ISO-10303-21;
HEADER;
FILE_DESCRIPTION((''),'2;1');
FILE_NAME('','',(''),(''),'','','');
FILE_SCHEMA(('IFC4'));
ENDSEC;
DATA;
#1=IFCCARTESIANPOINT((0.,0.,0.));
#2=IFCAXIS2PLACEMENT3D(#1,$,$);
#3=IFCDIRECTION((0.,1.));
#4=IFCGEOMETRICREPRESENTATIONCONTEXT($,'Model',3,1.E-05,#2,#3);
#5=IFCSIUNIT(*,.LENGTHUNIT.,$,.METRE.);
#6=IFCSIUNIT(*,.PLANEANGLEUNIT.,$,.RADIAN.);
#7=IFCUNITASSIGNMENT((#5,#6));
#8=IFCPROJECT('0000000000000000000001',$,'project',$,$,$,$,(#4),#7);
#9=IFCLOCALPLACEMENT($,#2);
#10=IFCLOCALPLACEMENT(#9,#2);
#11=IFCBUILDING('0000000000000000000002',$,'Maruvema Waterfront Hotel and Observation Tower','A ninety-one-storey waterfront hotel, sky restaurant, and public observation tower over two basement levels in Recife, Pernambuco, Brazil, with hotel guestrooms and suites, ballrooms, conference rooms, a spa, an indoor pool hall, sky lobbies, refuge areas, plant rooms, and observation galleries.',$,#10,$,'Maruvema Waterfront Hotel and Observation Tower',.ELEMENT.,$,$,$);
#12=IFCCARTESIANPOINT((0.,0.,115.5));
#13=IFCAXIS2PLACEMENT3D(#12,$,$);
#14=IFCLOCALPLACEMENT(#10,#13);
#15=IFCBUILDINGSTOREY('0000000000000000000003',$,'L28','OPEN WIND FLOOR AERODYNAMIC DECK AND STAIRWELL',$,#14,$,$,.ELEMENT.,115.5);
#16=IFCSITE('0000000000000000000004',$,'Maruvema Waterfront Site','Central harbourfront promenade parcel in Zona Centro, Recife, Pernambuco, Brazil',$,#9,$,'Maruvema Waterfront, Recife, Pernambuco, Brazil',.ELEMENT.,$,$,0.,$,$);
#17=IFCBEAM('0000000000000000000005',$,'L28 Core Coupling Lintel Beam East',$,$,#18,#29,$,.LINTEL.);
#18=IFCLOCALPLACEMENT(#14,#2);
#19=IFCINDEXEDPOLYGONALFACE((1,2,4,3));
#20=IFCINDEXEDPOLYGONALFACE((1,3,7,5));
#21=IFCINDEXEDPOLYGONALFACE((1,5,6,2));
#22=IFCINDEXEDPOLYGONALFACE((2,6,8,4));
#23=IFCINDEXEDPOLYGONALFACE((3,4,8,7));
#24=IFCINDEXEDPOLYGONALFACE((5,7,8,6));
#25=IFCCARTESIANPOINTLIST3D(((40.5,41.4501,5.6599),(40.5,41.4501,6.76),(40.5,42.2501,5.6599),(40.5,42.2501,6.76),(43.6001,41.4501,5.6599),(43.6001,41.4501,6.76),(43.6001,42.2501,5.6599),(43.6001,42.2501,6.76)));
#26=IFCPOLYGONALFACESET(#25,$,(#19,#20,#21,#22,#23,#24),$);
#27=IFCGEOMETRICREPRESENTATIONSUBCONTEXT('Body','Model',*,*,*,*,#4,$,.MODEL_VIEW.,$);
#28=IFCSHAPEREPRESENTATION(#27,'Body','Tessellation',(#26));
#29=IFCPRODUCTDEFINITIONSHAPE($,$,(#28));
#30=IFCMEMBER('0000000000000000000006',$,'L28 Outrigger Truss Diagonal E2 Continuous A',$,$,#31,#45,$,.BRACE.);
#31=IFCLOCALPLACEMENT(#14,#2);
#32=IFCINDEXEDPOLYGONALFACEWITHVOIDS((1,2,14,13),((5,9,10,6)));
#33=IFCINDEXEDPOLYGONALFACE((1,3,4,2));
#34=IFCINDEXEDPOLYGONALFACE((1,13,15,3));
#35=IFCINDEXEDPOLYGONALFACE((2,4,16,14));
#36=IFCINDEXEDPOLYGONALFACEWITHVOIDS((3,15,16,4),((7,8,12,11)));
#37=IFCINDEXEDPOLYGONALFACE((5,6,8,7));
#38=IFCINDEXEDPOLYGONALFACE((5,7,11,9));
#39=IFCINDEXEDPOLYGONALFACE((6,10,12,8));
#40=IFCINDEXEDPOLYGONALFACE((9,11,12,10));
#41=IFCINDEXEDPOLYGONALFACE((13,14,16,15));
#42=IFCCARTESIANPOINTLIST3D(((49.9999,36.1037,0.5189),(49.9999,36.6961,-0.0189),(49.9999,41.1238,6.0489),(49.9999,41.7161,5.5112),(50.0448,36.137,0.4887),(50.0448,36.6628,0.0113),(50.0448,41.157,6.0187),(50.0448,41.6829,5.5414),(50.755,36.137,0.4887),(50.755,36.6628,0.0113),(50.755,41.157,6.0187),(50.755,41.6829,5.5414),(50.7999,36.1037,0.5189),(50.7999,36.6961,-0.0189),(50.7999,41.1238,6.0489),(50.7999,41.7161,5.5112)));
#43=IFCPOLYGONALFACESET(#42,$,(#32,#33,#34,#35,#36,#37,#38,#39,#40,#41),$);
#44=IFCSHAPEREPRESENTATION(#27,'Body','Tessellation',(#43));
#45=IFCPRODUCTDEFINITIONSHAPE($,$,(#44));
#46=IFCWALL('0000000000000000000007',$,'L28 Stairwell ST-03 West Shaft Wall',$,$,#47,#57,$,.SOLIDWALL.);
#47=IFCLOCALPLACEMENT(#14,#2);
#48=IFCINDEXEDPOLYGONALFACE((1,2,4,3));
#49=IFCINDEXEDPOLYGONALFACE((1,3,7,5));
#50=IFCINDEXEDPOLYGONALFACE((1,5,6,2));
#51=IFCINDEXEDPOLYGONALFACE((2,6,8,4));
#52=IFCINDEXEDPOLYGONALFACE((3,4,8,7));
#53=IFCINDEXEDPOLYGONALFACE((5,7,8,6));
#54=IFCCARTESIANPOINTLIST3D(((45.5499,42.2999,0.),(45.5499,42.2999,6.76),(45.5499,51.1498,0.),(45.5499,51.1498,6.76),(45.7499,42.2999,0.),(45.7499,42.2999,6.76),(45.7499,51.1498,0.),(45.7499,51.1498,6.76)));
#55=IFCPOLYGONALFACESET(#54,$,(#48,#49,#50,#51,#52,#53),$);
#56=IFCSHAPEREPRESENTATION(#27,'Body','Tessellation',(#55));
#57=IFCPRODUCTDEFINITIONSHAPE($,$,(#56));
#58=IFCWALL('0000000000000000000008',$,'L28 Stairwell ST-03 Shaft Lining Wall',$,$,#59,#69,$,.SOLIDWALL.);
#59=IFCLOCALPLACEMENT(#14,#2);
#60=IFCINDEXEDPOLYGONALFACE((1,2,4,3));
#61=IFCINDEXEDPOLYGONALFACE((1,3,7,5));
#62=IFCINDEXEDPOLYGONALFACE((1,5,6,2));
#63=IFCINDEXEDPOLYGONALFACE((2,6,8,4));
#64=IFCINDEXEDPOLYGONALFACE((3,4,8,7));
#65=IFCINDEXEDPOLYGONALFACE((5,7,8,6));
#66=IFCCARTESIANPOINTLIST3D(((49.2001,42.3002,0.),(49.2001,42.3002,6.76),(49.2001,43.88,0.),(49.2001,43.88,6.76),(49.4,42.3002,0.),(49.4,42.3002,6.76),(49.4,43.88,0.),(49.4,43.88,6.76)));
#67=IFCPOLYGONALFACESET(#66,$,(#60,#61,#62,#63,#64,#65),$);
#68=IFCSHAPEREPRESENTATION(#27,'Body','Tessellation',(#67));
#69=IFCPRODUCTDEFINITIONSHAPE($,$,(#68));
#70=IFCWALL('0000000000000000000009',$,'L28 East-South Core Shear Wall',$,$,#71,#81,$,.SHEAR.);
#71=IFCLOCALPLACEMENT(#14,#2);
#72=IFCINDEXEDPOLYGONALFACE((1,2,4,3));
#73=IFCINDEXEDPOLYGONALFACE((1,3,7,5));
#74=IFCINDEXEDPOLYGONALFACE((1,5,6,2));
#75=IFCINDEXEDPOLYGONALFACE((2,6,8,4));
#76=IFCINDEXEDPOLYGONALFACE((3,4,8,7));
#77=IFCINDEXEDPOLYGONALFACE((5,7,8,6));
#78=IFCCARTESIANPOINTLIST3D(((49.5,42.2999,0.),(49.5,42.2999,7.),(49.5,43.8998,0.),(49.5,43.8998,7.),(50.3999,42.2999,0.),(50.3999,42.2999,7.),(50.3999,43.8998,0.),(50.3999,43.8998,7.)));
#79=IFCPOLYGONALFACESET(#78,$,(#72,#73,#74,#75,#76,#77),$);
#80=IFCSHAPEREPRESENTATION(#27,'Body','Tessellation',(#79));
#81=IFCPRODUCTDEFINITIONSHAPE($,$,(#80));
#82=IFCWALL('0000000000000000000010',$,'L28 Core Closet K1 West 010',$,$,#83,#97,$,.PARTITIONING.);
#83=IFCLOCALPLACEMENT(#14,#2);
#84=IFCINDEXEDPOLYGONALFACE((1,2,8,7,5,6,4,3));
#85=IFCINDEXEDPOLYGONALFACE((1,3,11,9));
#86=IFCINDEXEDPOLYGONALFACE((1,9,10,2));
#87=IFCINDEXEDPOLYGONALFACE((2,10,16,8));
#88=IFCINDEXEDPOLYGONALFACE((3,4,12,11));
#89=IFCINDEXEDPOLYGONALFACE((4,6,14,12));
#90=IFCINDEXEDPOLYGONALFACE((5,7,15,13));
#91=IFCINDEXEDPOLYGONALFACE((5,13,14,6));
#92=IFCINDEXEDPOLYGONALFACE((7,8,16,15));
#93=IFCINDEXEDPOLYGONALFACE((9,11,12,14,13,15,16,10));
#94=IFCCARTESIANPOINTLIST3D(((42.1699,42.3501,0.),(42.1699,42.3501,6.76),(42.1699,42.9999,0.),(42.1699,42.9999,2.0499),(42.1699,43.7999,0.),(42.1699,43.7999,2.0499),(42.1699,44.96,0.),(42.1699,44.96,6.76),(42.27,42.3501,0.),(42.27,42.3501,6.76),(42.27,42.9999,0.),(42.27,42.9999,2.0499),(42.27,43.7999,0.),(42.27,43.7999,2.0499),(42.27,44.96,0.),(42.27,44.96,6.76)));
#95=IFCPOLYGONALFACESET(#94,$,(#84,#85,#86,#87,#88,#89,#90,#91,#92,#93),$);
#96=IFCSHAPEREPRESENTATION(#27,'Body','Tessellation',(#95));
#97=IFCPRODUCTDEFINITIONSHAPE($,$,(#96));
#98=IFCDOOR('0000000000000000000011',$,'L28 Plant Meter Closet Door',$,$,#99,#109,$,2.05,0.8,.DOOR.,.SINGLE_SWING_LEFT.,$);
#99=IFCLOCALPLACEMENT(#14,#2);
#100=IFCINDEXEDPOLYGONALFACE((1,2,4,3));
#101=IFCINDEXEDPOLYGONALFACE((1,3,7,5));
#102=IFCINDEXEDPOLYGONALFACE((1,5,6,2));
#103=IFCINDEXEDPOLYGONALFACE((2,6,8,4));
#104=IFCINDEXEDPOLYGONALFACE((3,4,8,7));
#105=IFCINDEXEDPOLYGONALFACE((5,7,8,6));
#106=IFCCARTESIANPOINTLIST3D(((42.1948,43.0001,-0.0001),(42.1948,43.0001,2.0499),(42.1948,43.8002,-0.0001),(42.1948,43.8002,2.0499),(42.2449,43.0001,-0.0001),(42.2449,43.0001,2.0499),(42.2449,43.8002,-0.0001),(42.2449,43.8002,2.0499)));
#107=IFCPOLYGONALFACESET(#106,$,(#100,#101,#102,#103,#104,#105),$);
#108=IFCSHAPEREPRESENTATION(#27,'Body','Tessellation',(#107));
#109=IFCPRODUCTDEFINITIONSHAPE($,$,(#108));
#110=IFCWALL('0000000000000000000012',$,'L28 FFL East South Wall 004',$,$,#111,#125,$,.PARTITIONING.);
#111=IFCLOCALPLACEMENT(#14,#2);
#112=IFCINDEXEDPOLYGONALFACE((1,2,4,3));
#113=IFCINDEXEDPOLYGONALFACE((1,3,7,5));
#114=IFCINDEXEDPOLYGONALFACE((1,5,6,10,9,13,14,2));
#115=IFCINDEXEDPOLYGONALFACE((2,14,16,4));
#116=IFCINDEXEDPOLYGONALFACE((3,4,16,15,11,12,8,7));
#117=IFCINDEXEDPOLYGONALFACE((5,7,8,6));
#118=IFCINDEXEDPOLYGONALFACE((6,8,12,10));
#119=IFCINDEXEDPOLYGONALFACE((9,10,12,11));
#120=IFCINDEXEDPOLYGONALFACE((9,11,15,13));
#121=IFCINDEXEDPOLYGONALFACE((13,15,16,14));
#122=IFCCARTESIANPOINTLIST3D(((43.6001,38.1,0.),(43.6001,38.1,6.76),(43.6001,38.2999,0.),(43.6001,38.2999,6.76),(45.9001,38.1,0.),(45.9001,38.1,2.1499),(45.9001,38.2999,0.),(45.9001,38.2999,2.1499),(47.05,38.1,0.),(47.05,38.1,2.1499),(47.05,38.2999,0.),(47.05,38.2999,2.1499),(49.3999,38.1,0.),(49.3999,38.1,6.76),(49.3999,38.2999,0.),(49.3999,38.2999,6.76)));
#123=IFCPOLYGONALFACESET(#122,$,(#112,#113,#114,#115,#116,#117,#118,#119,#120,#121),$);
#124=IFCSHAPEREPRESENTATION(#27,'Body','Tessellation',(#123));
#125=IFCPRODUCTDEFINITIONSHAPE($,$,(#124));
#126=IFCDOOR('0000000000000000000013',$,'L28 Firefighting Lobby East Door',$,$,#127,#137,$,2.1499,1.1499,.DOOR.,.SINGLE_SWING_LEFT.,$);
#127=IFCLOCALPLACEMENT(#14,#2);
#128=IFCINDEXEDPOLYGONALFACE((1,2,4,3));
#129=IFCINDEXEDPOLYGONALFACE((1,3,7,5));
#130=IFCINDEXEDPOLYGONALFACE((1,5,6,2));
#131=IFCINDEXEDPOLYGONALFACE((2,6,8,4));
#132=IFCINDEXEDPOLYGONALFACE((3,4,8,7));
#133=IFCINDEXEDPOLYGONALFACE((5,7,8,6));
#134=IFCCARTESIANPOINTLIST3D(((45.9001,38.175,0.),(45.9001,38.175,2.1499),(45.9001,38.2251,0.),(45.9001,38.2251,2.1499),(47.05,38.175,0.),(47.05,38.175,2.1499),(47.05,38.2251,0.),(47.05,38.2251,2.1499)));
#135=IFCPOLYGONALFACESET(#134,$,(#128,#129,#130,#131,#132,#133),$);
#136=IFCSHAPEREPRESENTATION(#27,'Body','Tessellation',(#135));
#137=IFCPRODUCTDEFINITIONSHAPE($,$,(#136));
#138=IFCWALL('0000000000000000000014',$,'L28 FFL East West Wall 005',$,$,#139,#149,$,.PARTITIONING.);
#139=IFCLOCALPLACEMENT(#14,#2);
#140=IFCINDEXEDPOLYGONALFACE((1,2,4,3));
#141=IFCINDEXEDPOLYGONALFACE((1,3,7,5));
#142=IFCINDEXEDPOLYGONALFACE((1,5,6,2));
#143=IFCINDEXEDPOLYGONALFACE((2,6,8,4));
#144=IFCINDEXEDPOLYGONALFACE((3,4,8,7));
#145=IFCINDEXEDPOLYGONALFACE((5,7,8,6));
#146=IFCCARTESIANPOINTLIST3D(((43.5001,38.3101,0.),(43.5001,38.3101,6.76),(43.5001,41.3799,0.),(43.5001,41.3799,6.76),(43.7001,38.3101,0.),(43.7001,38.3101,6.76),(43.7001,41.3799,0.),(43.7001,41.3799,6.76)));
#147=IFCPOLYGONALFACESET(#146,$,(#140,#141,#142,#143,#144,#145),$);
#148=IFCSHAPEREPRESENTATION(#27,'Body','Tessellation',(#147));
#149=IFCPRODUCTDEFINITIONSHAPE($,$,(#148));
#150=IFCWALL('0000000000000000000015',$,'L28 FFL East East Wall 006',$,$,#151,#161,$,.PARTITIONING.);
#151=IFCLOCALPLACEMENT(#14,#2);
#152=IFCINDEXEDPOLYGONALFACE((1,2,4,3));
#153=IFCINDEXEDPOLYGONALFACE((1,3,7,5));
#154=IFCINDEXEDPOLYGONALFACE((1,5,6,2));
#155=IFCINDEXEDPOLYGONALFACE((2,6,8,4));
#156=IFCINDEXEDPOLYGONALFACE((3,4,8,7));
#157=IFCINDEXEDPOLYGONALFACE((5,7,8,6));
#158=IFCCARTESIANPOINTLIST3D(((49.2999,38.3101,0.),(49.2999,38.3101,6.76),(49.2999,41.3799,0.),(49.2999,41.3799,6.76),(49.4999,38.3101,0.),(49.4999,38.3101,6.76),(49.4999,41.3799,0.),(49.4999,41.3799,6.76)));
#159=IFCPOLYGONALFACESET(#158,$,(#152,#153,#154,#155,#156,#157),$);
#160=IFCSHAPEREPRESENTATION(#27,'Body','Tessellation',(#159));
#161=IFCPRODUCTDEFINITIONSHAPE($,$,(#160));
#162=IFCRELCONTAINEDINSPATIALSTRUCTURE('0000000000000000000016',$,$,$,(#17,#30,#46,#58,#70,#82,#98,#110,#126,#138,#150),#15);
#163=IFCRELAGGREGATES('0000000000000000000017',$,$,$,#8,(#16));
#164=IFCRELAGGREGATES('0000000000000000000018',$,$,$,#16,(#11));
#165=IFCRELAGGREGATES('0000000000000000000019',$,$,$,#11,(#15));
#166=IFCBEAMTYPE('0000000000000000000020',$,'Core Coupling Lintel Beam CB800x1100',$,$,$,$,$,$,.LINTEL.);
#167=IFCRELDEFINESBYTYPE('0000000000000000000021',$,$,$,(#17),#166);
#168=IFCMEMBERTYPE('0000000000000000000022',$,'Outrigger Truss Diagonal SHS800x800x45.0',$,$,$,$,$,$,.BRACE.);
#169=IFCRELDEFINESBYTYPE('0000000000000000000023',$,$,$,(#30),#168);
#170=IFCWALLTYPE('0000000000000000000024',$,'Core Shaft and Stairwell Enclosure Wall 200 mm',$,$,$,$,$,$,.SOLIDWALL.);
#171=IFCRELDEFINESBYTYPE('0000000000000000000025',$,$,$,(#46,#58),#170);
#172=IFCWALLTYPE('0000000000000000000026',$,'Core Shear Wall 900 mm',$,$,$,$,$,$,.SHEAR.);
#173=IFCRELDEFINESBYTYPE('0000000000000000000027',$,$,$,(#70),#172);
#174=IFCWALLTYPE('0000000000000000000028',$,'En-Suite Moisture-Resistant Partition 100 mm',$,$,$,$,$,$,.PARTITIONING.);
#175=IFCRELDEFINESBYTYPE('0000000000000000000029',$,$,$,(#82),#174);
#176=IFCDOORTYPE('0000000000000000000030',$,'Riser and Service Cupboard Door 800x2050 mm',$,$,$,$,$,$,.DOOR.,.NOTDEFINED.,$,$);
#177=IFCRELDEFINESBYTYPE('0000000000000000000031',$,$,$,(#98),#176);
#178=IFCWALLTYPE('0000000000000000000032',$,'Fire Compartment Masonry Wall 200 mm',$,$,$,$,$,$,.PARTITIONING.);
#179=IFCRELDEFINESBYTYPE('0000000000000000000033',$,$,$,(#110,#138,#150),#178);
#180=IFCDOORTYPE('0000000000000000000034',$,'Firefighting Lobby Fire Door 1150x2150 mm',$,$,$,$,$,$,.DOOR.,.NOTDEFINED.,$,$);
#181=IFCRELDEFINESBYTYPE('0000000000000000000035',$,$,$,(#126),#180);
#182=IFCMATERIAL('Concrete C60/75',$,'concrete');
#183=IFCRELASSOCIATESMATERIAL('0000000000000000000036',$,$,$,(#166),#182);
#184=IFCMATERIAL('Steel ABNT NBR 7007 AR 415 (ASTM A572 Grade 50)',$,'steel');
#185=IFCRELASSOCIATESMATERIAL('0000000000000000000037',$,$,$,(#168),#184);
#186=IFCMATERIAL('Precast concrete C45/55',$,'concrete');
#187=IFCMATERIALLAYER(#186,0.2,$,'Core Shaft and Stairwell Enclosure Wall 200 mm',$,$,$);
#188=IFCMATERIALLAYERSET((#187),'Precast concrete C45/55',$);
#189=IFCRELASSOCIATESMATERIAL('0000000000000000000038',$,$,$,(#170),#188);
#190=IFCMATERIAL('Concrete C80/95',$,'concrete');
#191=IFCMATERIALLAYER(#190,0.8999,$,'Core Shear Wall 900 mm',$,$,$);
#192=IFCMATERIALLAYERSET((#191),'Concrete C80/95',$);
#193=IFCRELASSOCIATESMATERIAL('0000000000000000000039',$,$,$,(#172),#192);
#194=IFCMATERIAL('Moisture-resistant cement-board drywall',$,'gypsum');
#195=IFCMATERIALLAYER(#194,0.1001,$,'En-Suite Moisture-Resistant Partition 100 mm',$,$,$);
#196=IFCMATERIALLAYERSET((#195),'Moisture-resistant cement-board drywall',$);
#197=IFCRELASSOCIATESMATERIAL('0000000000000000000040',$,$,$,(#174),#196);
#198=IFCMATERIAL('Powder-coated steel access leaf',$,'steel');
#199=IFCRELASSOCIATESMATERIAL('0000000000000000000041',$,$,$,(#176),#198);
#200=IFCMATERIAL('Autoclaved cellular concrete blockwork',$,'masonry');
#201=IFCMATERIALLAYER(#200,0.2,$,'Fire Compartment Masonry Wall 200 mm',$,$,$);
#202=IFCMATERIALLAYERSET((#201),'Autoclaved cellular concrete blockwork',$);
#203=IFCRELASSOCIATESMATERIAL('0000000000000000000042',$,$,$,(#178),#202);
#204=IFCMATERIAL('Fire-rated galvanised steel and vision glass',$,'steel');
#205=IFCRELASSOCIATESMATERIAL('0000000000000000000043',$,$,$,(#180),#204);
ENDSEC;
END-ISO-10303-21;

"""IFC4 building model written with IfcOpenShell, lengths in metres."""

from ifc_helpers import new_model, si_unit, direction, frame, frame_2d, origin, origin_2d, place, context, subcontext, project, spatial, rectangle, hollow_rectangle, extrude, material, layer, layer_set, material_profile, profile_set, type_object, element, fill, save


model = new_model("IFC4")

# Units and contexts
model_context = context("Model", 3, precision=1e-05, world=origin(), true_north=direction((0.0, 1.0)))
body_context = subcontext(model_context, "Body", "Model", "MODEL_VIEW")
ifc_project = project(units=[si_unit("LENGTHUNIT", "METRE"), si_unit("PLANEANGLEUNIT", "RADIAN")], contexts=[model_context])

# Site, building, storey
site_placement = place(None, origin())
site = spatial("IfcSite", under=ifc_project, at=site_placement, Name="Maruvema Waterfront Site", Description="Central harbourfront promenade parcel in Zona Centro, Recife, Pernambuco, Brazil", LongName="Maruvema Waterfront, Recife, Pernambuco, Brazil", CompositionType="ELEMENT", RefElevation=0.0)
building_placement = place(site_placement, origin())
building = spatial("IfcBuilding", under=site, at=building_placement, Name="Maruvema Waterfront Hotel and Observation Tower", Description="A ninety-one-storey waterfront hotel, sky restaurant, and public observation tower over two basement levels in Recife, Pernambuco, Brazil, with hotel guestrooms and suites, ballrooms, conference rooms, a spa, an indoor pool hall, sky lobbies, refuge areas, plant rooms, and observation galleries.", LongName="Maruvema Waterfront Hotel and Observation Tower", CompositionType="ELEMENT")
storey_placement = place(building_placement, frame((0.0, 0.0, 115.5)))
storey = spatial("IfcBuildingStorey", under=building, at=storey_placement, Name="L28", Description="OPEN WIND FLOOR AERODYNAMIC DECK AND STAIRWELL", CompositionType="ELEMENT", Elevation=115.5)

# Beam
ifc_material_1 = material(Name="Concrete C60/75", Category="concrete")
ifc_material_profile_1 = material_profile(ifc_material_1, rectangle(XDim=0.8, YDim=1.1001, at=origin_2d()), Name="CB800x1100")
ifc_profile_set_1 = profile_set([ifc_material_profile_1], Name="Concrete C60/75")
beam_type = type_object("IfcBeamType", Name="Core Coupling Lintel Beam CB800x1100", PredefinedType="LINTEL", material=ifc_profile_set_1)
beam_placement = place(storey_placement, frame((40.5, 41.8501, 6.21), z_axis=(1.0, 0.0, 0.0), x_axis=(0.0, 1.0, 0.0)))
element("IfcBeam", 1, at=beam_placement, inside=storey, type_object=beam_type, Name="L28 Core Coupling Lintel Beam East", PredefinedType="LINTEL", context=body_context, shape_type="SweptSolid", body=[
    extrude(rectangle(XDim=0.8, YDim=1.1001, at=origin_2d()), origin(), (0.0, 0.0, 1.0), 3.1001),
])

# Member
ifc_material_2 = material(Name="Steel ABNT NBR 7007 AR 415 (ASTM A572 Grade 50)", Category="steel")
ifc_material_profile_2 = material_profile(ifc_material_2, hollow_rectangle(XDim=0.8, YDim=0.8, WallThickness=0.0449, at=origin_2d()), Name="SHS800x800x45.0")
ifc_profile_set_2 = profile_set([ifc_material_profile_2], Name="Steel ABNT NBR 7007 AR 415 (ASTM A572 Grade 50)")
member_type = type_object("IfcMemberType", Name="Outrigger Truss Diagonal SHS800x800x45.0", PredefinedType="BRACE", material=ifc_profile_set_2)
member_placement = place(storey_placement, frame((50.3999, 36.3999, 0.25), z_axis=(0.0, 0.672139, 0.740425), x_axis=(-1.0, 0.0, 0.0)))
element("IfcMember", 2, at=member_placement, inside=storey, type_object=member_type, Name="L28 Outrigger Truss Diagonal E2 Continuous A", PredefinedType="BRACE", context=body_context, shape_type="SweptSolid", body=[
    extrude(hollow_rectangle(XDim=0.8, YDim=0.8, WallThickness=0.0449, at=origin_2d()), origin(), (0.0, 0.0, 1.0), 7.4688),
])

# Walls
ifc_material_3 = material(Name="Precast concrete C45/55", Category="concrete")
ifc_layer_1 = layer(ifc_material_3, 0.2, Name="Core Shaft and Stairwell Enclosure Wall 200 mm")
ifc_layer_set_1 = layer_set([ifc_layer_1], Name="Precast concrete C45/55")
wall_type_1 = type_object("IfcWallType", Name="Core Shaft and Stairwell Enclosure Wall 200 mm", PredefinedType="SOLIDWALL", material=ifc_layer_set_1)
wall_1_placement = place(storey_placement, frame((45.6499, 42.3, 0.0), z_axis=(0.0, 0.0, 1.0), x_axis=(0.0, 1.0, 0.0)))
element("IfcWall", 3, at=wall_1_placement, inside=storey, type_object=wall_type_1, Name="L28 Stairwell ST-03 West Shaft Wall", PredefinedType="SOLIDWALL", context=body_context, shape_type="SweptSolid", body=[
    extrude(rectangle(XDim=8.8499, YDim=0.2, at=frame_2d((4.4248, 0.0))), origin(), (0.0, 0.0, 1.0), 6.76),
])
wall_2_placement = place(storey_placement, frame((49.3, 42.3, 0.0), z_axis=(0.0, 0.0, 1.0), x_axis=(0.0, 1.0, 0.0)))
element("IfcWall", 4, at=wall_2_placement, inside=storey, type_object=wall_type_1, Name="L28 Stairwell ST-03 Shaft Lining Wall", PredefinedType="SOLIDWALL", context=body_context, shape_type="SweptSolid", body=[
    extrude(rectangle(XDim=1.5798, YDim=0.2, at=frame_2d((0.79, 0.0))), origin(), (0.0, 0.0, 1.0), 6.76),
])

# Shared definitions
ifc_material_4 = material(Name="Concrete C80/95", Category="concrete")
ifc_layer_2 = layer(ifc_material_4, 0.8999, Name="Core Shear Wall 900 mm")
ifc_layer_set_2 = layer_set([ifc_layer_2], Name="Concrete C80/95")
wall_type_2 = type_object("IfcWallType", Name="Core Shear Wall 900 mm", PredefinedType="SHEAR", material=ifc_layer_set_2)

# Wall
wall_3_placement = place(storey_placement, frame((49.95, 42.3, 0.0), z_axis=(0.0, 0.0, 1.0), x_axis=(0.0, 1.0, 0.0)))
element("IfcWall", 5, at=wall_3_placement, inside=storey, type_object=wall_type_2, Name="L28 East-South Core Shear Wall", PredefinedType="SHEAR", context=body_context, shape_type="SweptSolid", body=[
    extrude(rectangle(XDim=1.5999, YDim=0.8999, at=frame_2d((0.7998, 0.0))), origin(), (0.0, 0.0, 1.0), 7.0),
])

# Walls, openings, doors
ifc_material_5 = material(Name="Moisture-resistant cement-board drywall", Category="gypsum")
ifc_layer_3 = layer(ifc_material_5, 0.1001, Name="En-Suite Moisture-Resistant Partition 100 mm")
ifc_layer_set_3 = layer_set([ifc_layer_3], Name="Moisture-resistant cement-board drywall")
wall_type_3 = type_object("IfcWallType", Name="En-Suite Moisture-Resistant Partition 100 mm", PredefinedType="PARTITIONING", material=ifc_layer_set_3)
wall_4_placement = place(storey_placement, frame((42.22, 42.3501, 0.0), z_axis=(0.0, 0.0, 1.0), x_axis=(0.0, 1.0, 0.0)))
wall_4 = element("IfcWall", 6, at=wall_4_placement, inside=storey, type_object=wall_type_3, Name="L28 Core Closet K1 West 010", PredefinedType="PARTITIONING", context=body_context, shape_type="SweptSolid", body=[
    extrude(rectangle(XDim=2.6099, YDim=0.1001, at=frame_2d((1.3049, 0.0))), origin(), (0.0, 0.0, 1.0), 6.76),
])
opening_1_placement = place(wall_4_placement, frame((0.6499, 0.0, 0.0)))
opening_1 = element("IfcOpeningElement", 7, at=opening_1_placement, cuts=wall_4, PredefinedType="OPENING", context=body_context, shape_type="SweptSolid", body=[
    extrude(rectangle(XDim=0.8, YDim=2.05, at=frame_2d((0.3999, 1.0249))), frame((0.0, 0.0601, 0.0), z_axis=(0.0, -1.0, 0.0), x_axis=(1.0, 0.0, 0.0)), (0.0, 0.0, 1.0), 0.1201),
])
ifc_material_6 = material(Name="Powder-coated steel access leaf", Category="steel")
door_type_1 = type_object("IfcDoorType", Name="Riser and Service Cupboard Door 800x2050 mm", OperationType="NOTDEFINED", PredefinedType="DOOR", material=ifc_material_6)
door_1_placement = place(opening_1_placement, frame((0.8, 0.0, 0.0), z_axis=(0.0, 0.0, 1.0), x_axis=(-1.0, 0.0, 0.0)))
door_1 = element("IfcDoor", 8, at=door_1_placement, inside=storey, type_object=door_type_1, Name="L28 Plant Meter Closet Door", OperationType="SINGLE_SWING_LEFT", OverallHeight=2.05, OverallWidth=0.8, PredefinedType="DOOR", context=body_context, shape_type="SweptSolid", body=[
    extrude(rectangle(XDim=0.8, YDim=2.05, at=frame_2d((0.3999, 1.0249))), frame((0.0, 0.0249, 0.0), z_axis=(0.0, -1.0, 0.0), x_axis=(1.0, 0.0, 0.0)), (0.0, 0.0, 1.0), 0.05),
])
fill(opening_1, door_1)
ifc_material_7 = material(Name="Autoclaved cellular concrete blockwork", Category="masonry")
ifc_layer_4 = layer(ifc_material_7, 0.2, Name="Fire Compartment Masonry Wall 200 mm")
ifc_layer_set_4 = layer_set([ifc_layer_4], Name="Autoclaved cellular concrete blockwork")
wall_type_4 = type_object("IfcWallType", Name="Fire Compartment Masonry Wall 200 mm", PredefinedType="PARTITIONING", material=ifc_layer_set_4)
wall_5_placement = place(storey_placement, frame((43.6001, 38.2, 0.0), z_axis=(0.0, 0.0, 1.0), x_axis=(1.0, 0.0, 0.0)))
wall_5 = element("IfcWall", 9, at=wall_5_placement, inside=storey, type_object=wall_type_4, Name="L28 FFL East South Wall 004", PredefinedType="PARTITIONING", context=body_context, shape_type="SweptSolid", body=[
    extrude(rectangle(XDim=5.7998, YDim=0.2, at=frame_2d((2.8999, 0.0))), origin(), (0.0, 0.0, 1.0), 6.76),
])
opening_2_placement = place(wall_5_placement, frame((2.3, 0.0, 0.0)))
opening_2 = element("IfcOpeningElement", 10, at=opening_2_placement, cuts=wall_5, PredefinedType="OPENING", context=body_context, shape_type="SweptSolid", body=[
    extrude(rectangle(XDim=1.1499, YDim=2.1499, at=frame_2d((0.575, 1.075))), frame((0.0, 0.1099, 0.0), z_axis=(0.0, -1.0, 0.0), x_axis=(1.0, 0.0, 0.0)), (0.0, 0.0, 1.0), 0.22),
])
ifc_material_8 = material(Name="Fire-rated galvanised steel and vision glass", Category="steel")
door_type_2 = type_object("IfcDoorType", Name="Firefighting Lobby Fire Door 1150x2150 mm", OperationType="NOTDEFINED", PredefinedType="DOOR", material=ifc_material_8)
door_2_placement = place(opening_2_placement, frame((1.1499, 0.0, 0.0), z_axis=(0.0, 0.0, 1.0), x_axis=(-1.0, 0.0, 0.0)))
door_2 = element("IfcDoor", 11, at=door_2_placement, inside=storey, type_object=door_type_2, Name="L28 Firefighting Lobby East Door", OperationType="SINGLE_SWING_LEFT", OverallHeight=2.1499, OverallWidth=1.1499, PredefinedType="DOOR", context=body_context, shape_type="SweptSolid", body=[
    extrude(rectangle(XDim=1.1499, YDim=2.1499, at=frame_2d((0.575, 1.075))), frame((0.0, 0.0249, 0.0), z_axis=(0.0, -1.0, 0.0), x_axis=(1.0, 0.0, 0.0)), (0.0, 0.0, 1.0), 0.05),
])
fill(opening_2, door_2)

# Walls
for number, where, z_axis, x_axis, name in (
    (12, (43.6001, 38.3101, 0.0), (0.0, 0.0, 1.0), (0.0, 1.0, 0.0), "L28 FFL East West Wall 005"),
    (13, (49.3999, 38.3101, 0.0), (0.0, 0.0, 1.0), (0.0, 1.0, 0.0), "L28 FFL East East Wall 006"),
):
    element("IfcWall", number, at=place(storey_placement, frame(where, z_axis=z_axis, x_axis=x_axis)), inside=storey, type_object=wall_type_4, Name=name, PredefinedType="PARTITIONING", context=body_context, shape_type="SweptSolid", body=[
        extrude(rectangle(XDim=3.0698, YDim=0.2, at=frame_2d((1.5349, 0.0))), origin(), (0.0, 0.0, 1.0), 6.76),
    ])

save(model, "model.ifc")
